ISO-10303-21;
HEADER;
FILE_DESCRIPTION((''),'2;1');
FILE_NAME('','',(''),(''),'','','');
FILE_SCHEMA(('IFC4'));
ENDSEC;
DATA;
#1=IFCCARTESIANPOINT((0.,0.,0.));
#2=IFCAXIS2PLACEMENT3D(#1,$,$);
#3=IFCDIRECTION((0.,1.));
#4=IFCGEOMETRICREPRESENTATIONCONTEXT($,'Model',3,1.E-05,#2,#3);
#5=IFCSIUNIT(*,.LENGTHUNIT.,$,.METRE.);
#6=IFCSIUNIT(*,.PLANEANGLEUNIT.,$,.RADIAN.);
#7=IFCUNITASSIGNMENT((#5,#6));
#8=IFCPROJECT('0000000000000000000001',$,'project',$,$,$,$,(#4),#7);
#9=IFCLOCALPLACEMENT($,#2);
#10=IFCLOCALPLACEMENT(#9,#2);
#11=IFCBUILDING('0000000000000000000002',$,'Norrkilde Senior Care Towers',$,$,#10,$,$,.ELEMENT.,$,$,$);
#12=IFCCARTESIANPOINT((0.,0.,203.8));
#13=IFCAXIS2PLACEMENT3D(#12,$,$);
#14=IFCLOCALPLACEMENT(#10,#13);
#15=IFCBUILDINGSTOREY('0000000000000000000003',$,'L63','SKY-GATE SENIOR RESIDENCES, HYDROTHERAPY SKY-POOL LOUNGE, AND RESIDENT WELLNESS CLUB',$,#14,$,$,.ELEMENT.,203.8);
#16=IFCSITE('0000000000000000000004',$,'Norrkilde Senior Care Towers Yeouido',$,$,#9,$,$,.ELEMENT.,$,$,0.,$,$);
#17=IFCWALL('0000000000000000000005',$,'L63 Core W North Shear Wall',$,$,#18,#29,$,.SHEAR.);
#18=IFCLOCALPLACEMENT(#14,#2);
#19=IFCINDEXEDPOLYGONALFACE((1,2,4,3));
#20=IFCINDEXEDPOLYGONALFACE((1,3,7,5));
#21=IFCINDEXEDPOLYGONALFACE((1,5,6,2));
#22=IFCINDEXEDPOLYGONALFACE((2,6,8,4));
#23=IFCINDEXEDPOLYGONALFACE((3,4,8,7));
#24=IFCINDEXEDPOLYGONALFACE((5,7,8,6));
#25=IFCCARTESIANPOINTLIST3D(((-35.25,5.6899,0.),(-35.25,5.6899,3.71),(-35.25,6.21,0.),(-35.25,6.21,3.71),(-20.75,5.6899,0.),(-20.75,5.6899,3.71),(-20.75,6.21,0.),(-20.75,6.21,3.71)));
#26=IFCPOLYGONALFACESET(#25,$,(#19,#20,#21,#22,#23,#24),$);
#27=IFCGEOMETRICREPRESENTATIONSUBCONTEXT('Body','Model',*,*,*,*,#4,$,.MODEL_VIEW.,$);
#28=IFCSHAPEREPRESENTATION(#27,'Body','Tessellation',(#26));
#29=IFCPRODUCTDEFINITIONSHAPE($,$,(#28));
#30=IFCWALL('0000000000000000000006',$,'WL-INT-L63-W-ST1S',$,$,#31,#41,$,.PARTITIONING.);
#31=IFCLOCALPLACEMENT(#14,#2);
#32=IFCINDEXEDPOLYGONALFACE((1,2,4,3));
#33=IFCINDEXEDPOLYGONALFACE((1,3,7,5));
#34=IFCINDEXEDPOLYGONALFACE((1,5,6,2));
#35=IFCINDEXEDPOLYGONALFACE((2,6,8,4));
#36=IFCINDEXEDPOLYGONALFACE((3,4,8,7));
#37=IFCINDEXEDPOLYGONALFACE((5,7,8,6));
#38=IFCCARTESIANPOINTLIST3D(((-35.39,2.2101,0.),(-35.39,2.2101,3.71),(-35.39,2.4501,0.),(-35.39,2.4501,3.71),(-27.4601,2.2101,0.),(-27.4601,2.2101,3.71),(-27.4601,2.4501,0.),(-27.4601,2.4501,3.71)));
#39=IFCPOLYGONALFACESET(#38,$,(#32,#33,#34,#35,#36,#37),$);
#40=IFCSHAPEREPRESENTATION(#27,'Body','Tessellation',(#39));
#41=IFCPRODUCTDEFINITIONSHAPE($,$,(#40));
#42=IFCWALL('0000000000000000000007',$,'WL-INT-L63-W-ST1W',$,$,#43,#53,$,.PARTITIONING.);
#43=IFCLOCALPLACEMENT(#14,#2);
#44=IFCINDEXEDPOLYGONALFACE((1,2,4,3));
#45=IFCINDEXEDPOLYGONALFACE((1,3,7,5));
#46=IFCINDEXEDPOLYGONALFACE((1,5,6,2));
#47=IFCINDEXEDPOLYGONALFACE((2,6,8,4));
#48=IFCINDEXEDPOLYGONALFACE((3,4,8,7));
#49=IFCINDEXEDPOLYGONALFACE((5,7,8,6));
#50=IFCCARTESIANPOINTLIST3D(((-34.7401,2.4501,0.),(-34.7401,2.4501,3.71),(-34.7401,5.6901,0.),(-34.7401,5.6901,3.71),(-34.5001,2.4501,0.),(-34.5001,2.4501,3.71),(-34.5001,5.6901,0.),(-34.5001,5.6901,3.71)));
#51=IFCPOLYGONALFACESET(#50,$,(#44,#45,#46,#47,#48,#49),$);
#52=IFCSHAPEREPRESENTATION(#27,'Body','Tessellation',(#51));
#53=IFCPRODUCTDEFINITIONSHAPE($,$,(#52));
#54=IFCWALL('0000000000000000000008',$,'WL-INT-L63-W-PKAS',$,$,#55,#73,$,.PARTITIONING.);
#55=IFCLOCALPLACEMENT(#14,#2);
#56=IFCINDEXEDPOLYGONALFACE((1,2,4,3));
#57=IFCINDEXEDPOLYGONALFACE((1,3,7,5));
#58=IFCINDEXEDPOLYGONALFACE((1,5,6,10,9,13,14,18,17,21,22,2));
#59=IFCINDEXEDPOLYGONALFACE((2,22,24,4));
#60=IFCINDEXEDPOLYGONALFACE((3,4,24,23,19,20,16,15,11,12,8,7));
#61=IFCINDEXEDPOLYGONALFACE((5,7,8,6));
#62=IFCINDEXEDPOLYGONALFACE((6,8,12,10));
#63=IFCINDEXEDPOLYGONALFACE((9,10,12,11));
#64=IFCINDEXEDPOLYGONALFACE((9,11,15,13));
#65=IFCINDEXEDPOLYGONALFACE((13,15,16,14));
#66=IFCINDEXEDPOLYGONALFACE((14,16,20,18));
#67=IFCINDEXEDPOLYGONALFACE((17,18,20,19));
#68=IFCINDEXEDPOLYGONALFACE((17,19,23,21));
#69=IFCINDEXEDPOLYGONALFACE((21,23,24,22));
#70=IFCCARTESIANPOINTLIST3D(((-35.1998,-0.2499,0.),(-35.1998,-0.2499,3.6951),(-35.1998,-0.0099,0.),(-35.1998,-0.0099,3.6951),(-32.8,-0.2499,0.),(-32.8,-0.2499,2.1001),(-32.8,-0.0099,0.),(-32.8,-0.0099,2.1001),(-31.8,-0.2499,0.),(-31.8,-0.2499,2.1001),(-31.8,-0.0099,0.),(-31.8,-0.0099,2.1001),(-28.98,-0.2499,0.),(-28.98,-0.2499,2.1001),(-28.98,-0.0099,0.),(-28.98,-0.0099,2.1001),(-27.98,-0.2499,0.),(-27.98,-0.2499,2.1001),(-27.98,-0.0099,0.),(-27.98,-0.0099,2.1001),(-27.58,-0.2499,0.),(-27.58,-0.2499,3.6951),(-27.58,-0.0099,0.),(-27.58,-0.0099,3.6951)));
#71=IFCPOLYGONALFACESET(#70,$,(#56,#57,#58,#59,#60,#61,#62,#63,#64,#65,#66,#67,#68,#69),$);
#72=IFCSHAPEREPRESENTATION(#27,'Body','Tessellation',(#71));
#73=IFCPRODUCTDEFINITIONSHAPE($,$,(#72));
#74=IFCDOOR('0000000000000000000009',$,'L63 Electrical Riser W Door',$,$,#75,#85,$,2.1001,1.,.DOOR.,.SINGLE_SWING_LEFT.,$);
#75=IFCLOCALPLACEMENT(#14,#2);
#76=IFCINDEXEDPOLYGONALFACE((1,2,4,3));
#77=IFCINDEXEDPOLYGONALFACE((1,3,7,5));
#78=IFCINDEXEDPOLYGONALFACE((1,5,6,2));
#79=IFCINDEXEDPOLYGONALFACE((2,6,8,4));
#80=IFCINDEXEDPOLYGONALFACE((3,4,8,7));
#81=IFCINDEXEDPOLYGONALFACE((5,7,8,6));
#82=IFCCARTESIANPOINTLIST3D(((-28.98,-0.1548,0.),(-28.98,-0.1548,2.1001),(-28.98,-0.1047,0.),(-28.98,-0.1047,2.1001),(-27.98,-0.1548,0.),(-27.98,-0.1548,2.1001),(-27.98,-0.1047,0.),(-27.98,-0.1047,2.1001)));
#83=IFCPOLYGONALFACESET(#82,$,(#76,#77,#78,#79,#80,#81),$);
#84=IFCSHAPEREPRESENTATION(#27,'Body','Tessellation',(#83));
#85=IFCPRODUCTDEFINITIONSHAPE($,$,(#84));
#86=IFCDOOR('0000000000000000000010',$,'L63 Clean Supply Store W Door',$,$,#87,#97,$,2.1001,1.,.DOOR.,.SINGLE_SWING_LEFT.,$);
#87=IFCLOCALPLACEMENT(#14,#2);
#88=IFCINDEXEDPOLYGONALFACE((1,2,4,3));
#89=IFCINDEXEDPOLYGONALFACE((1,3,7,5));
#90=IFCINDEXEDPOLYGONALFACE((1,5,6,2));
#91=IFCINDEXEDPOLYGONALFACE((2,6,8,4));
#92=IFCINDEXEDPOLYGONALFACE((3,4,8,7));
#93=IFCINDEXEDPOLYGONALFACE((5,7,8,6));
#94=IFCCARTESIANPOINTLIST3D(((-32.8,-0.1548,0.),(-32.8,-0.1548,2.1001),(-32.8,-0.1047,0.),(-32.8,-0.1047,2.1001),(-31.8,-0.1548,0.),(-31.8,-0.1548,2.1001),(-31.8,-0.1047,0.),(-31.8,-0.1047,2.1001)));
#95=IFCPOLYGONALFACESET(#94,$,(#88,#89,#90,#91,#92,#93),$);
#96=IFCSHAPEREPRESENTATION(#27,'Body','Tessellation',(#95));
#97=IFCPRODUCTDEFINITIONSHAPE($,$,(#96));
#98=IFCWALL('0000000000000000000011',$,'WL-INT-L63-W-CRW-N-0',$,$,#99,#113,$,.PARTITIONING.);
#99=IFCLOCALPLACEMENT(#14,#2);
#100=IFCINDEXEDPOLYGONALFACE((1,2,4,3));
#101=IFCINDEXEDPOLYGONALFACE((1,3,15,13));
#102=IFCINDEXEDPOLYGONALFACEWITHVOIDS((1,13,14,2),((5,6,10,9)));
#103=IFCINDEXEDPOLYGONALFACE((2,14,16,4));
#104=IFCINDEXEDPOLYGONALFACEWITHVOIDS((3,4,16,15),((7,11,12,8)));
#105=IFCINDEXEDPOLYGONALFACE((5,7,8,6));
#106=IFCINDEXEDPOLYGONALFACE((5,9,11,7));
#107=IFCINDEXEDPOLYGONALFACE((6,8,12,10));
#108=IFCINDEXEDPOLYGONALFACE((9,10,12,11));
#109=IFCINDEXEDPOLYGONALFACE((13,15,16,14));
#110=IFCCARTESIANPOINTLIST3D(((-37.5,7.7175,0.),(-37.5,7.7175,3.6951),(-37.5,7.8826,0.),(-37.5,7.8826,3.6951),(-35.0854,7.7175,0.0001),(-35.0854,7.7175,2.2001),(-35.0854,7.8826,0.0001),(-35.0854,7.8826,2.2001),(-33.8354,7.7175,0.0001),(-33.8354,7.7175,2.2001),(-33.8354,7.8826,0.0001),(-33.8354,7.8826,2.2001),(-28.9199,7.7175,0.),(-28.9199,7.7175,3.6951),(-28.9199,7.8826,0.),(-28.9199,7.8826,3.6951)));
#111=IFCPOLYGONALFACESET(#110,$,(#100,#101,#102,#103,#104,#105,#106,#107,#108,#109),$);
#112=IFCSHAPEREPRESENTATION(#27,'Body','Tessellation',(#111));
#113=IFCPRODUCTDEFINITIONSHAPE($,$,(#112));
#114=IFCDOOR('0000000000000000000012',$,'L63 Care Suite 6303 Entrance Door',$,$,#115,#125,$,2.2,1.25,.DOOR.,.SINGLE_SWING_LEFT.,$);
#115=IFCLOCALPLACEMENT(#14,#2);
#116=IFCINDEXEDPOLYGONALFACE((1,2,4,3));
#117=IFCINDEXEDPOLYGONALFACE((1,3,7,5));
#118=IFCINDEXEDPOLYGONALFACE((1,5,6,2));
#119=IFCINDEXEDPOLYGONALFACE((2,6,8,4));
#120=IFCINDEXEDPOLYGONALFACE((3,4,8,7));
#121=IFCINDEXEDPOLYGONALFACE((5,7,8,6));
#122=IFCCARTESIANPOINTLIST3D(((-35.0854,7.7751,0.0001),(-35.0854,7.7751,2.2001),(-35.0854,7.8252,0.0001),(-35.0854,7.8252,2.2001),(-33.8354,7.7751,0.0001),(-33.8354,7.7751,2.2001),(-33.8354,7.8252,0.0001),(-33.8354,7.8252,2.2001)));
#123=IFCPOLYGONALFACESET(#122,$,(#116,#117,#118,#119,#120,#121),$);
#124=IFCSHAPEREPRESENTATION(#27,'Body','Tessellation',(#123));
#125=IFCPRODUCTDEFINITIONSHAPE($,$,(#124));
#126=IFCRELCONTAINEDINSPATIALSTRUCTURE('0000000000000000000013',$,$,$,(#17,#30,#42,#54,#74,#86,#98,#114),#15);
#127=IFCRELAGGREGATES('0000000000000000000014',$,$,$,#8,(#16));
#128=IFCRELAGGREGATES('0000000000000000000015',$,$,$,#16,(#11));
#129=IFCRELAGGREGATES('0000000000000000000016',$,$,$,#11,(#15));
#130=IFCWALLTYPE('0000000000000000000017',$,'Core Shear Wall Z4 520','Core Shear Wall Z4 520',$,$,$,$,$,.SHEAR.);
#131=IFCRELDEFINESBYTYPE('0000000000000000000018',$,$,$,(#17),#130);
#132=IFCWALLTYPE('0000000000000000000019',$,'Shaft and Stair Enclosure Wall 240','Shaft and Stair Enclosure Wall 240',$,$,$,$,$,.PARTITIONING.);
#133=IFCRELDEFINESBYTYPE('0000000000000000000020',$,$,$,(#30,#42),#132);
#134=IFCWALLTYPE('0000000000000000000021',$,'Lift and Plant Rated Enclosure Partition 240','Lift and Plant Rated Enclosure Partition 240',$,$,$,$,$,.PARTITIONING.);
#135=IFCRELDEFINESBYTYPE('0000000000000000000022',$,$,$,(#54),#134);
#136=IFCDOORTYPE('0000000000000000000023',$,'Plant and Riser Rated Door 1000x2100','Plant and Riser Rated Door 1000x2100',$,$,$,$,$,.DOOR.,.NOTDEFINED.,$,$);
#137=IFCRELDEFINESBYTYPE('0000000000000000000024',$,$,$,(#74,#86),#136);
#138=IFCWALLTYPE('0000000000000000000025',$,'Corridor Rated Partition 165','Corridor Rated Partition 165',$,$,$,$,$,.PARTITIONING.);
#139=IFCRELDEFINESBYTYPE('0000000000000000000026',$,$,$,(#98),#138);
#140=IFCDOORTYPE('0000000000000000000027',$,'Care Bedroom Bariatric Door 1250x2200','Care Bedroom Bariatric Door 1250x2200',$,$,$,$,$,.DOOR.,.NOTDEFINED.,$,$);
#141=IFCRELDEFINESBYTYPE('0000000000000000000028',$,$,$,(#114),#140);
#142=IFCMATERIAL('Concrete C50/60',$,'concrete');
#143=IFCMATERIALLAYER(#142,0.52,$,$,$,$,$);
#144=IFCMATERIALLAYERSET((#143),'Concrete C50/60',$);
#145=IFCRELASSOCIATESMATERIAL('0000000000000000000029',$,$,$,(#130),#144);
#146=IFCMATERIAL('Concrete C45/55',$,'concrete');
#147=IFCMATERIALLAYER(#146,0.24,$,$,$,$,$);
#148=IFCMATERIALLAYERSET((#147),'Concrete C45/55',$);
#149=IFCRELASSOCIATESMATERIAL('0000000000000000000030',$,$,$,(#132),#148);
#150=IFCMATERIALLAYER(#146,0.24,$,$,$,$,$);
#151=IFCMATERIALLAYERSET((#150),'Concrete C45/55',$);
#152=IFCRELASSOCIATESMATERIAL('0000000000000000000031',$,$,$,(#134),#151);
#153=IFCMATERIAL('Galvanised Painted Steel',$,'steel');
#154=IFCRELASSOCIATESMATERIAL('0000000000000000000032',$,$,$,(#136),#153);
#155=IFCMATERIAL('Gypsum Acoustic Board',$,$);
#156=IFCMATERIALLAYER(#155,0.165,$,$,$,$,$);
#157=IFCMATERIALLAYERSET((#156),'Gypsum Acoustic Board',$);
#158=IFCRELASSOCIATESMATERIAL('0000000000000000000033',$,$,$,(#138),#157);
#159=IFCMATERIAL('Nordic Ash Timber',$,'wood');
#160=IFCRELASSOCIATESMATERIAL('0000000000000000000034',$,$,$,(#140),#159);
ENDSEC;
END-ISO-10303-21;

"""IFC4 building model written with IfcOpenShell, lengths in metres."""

from ifc_helpers import new_model, si_unit, direction, frame, frame_2d, origin, place, context, subcontext, project, spatial, rectangle, extrude, source, transform, mapped, material, layer, layer_set, type_object, type_shapes, element, fill, save


model = new_model("IFC4")

# Units and contexts
model_context = context("Model", 3, precision=1e-05, world=origin(), true_north=direction((0.0, 1.0)))
body_context = subcontext(model_context, "Body", "Model", "MODEL_VIEW")
ifc_project = project(units=[si_unit("LENGTHUNIT", "METRE"), si_unit("PLANEANGLEUNIT", "RADIAN")], contexts=[model_context])

# Site, building, storey
site_placement = place(None, origin())
site = spatial("IfcSite", under=ifc_project, at=site_placement, Name="Norrkilde Senior Care Towers Yeouido", CompositionType="ELEMENT", RefElevation=0.0)
building_placement = place(site_placement, origin())
building = spatial("IfcBuilding", under=site, at=building_placement, Name="Norrkilde Senior Care Towers", CompositionType="ELEMENT")
storey_placement = place(building_placement, frame((0.0, 0.0, 203.8)))
storey = spatial("IfcBuildingStorey", under=building, at=storey_placement, Name="L63", Description="SKY-GATE SENIOR RESIDENCES, HYDROTHERAPY SKY-POOL LOUNGE, AND RESIDENT WELLNESS CLUB", CompositionType="ELEMENT", Elevation=203.8)

# Walls
ifc_material_1 = material(Name="Concrete C50/60", Category="concrete")
ifc_layer_1 = layer(ifc_material_1, 0.52)
ifc_layer_set_1 = layer_set([ifc_layer_1], Name="Concrete C50/60")
wall_type_1 = type_object("IfcWallType", Name="Core Shear Wall Z4 520", Description="Core Shear Wall Z4 520", PredefinedType="SHEAR", material=ifc_layer_set_1)
shared_shape_1 = source(origin(), body_context, "Body", "SweptSolid", [
    extrude(rectangle(XDim=14.5, YDim=0.52, at=frame_2d((7.25, 0.0))), origin(), (0.0, 0.0, 1.0), 3.71),
])
type_shapes(wall_type_1, [shared_shape_1])
wall_1_placement = place(storey_placement, frame((-35.25, 5.95, 0.0), z_axis=(0.0, 0.0, 1.0), x_axis=(1.0, 0.0, 0.0)))
element("IfcWall", 1, at=wall_1_placement, inside=storey, type_object=wall_type_1, Name="L63 Core W North Shear Wall", PredefinedType="SHEAR", context=body_context, shape_type="MappedRepresentation", body=[
    mapped(shared_shape_1, transform((0.0, 0.0, 0.0), x_axis=(1.0, 0.0, 0.0), y_axis=(0.0, 1.0, 0.0), z_axis=(0.0, 0.0, 1.0), scale=1.0)),
])
ifc_material_2 = material(Name="Concrete C45/55", Category="concrete")
ifc_layer_2 = layer(ifc_material_2, 0.24)
ifc_layer_set_2 = layer_set([ifc_layer_2], Name="Concrete C45/55")
wall_type_2 = type_object("IfcWallType", Name="Shaft and Stair Enclosure Wall 240", Description="Shaft and Stair Enclosure Wall 240", PredefinedType="PARTITIONING", material=ifc_layer_set_2)
shared_shape_2 = source(origin(), body_context, "Body", "SweptSolid", [
    extrude(rectangle(XDim=7.9299, YDim=0.24, at=frame_2d((3.9648, 0.0))), origin(), (0.0, 0.0, 1.0), 3.71),
])
wall_2_placement = place(storey_placement, frame((-35.3899, 2.3301, 0.0), z_axis=(0.0, 0.0, 1.0), x_axis=(1.0, 0.0, 0.0)))
element("IfcWall", 2, at=wall_2_placement, inside=storey, type_object=wall_type_2, Name="WL-INT-L63-W-ST1S", PredefinedType="PARTITIONING", context=body_context, shape_type="MappedRepresentation", body=[
    mapped(shared_shape_2, transform((0.0, 0.0, 0.0), x_axis=(1.0, 0.0, 0.0), y_axis=(0.0, 1.0, 0.0), z_axis=(0.0, 0.0, 1.0), scale=1.0)),
])
shared_shape_3 = source(origin(), body_context, "Body", "SweptSolid", [
    extrude(rectangle(XDim=3.24, YDim=0.24, at=frame_2d((1.6201, 0.0))), origin(), (0.0, 0.0, 1.0), 3.71),
])
type_shapes(wall_type_2, [shared_shape_2, shared_shape_3])
wall_3_placement = place(storey_placement, frame((-34.6201, 2.45, 0.0), z_axis=(0.0, 0.0, 1.0), x_axis=(0.0, 1.0, 0.0)))
element("IfcWall", 3, at=wall_3_placement, inside=storey, type_object=wall_type_2, Name="WL-INT-L63-W-ST1W", PredefinedType="PARTITIONING", context=body_context, shape_type="MappedRepresentation", body=[
    mapped(shared_shape_3, transform((0.0, 0.0, 0.0), x_axis=(1.0, 0.0, 0.0), y_axis=(0.0, 1.0, 0.0), z_axis=(0.0, 0.0, 1.0), scale=1.0)),
])

# Wall, openings, doors
ifc_layer_3 = layer(ifc_material_2, 0.24)
ifc_layer_set_3 = layer_set([ifc_layer_3], Name="Concrete C45/55")
wall_type_3 = type_object("IfcWallType", Name="Lift and Plant Rated Enclosure Partition 240", Description="Lift and Plant Rated Enclosure Partition 240", PredefinedType="PARTITIONING", material=ifc_layer_set_3)
shared_shape_4 = source(origin(), body_context, "Body", "SweptSolid", [
    extrude(rectangle(XDim=7.6199, YDim=0.24, at=frame_2d((3.8101, 0.0))), origin(), (0.0, 0.0, 1.0), 3.6951),
])
type_shapes(wall_type_3, [shared_shape_4])
wall_4_placement = place(storey_placement, frame((-35.2, -0.1299, 0.0), z_axis=(0.0, 0.0, 1.0), x_axis=(1.0, 0.0, 0.0)))
wall_4 = element("IfcWall", 4, at=wall_4_placement, inside=storey, type_object=wall_type_3, Name="WL-INT-L63-W-PKAS", PredefinedType="PARTITIONING", context=body_context, shape_type="MappedRepresentation", body=[
    mapped(shared_shape_4, transform((0.0, 0.0, 0.0), x_axis=(1.0, 0.0, 0.0), y_axis=(0.0, 1.0, 0.0), z_axis=(0.0, 0.0, 1.0), scale=1.0)),
])
opening_1_placement = place(wall_4_placement, frame((6.22, 0.0, 0.0)))
opening_1 = element("IfcOpeningElement", 5, at=opening_1_placement, cuts=wall_4, PredefinedType="OPENING", context=body_context, shape_type="SweptSolid", body=[
    extrude(rectangle(XDim=1.0, YDim=2.1001, at=frame_2d((0.5, 1.05))), frame((0.0, 0.1299, 0.0), z_axis=(0.0, -1.0, 0.0), x_axis=(1.0, 0.0, 0.0)), (0.0, 0.0, 1.0), 0.26),
])
opening_2_placement = place(wall_4_placement, frame((2.3999, 0.0, 0.0)))
opening_2 = element("IfcOpeningElement", 6, at=opening_2_placement, cuts=wall_4, PredefinedType="OPENING", context=body_context, shape_type="SweptSolid", body=[
    extrude(rectangle(XDim=1.0, YDim=2.1001, at=frame_2d((0.5, 1.05))), frame((0.0, 0.1299, 0.0), z_axis=(0.0, -1.0, 0.0), x_axis=(1.0, 0.0, 0.0)), (0.0, 0.0, 1.0), 0.26),
])
ifc_material_3 = material(Name="Galvanised Painted Steel", Category="steel")
door_type_1 = type_object("IfcDoorType", Name="Plant and Riser Rated Door 1000x2100", Description="Plant and Riser Rated Door 1000x2100", OperationType="NOTDEFINED", PredefinedType="DOOR", material=ifc_material_3)
shared_shape_5 = source(origin(), body_context, "Body", "SweptSolid", [
    extrude(rectangle(XDim=1.0, YDim=2.1001, at=frame_2d((0.5, 1.05))), frame((0.0, 0.0249, 0.0), z_axis=(0.0, -1.0, 0.0), x_axis=(1.0, 0.0, 0.0)), (0.0, 0.0, 1.0), 0.05),
])
type_shapes(door_type_1, [shared_shape_5])
door_1_placement = place(opening_1_placement, frame((1.0, 0.0, 0.0), z_axis=(0.0, 0.0, 1.0), x_axis=(-1.0, 0.0, 0.0)))
door_1 = element("IfcDoor", 7, at=door_1_placement, inside=storey, type_object=door_type_1, Name="L63 Electrical Riser W Door", OperationType="SINGLE_SWING_LEFT", OverallHeight=2.1001, OverallWidth=1.0, PredefinedType="DOOR", context=body_context, shape_type="MappedRepresentation", body=[
    mapped(shared_shape_5, transform((0.0, 0.0, 0.0), x_axis=(1.0, 0.0, 0.0), y_axis=(0.0, 1.0, 0.0), z_axis=(0.0, 0.0, 1.0), scale=1.0)),
])
fill(opening_1, door_1)
door_2_placement = place(opening_2_placement, frame((1.0, 0.0, 0.0), z_axis=(0.0, 0.0, 1.0), x_axis=(-1.0, 0.0, 0.0)))
door_2 = element("IfcDoor", 8, at=door_2_placement, inside=storey, type_object=door_type_1, Name="L63 Clean Supply Store W Door", OperationType="SINGLE_SWING_LEFT", OverallHeight=2.1001, OverallWidth=1.0, PredefinedType="DOOR", context=body_context, shape_type="MappedRepresentation", body=[
    mapped(shared_shape_5, transform((0.0, 0.0, 0.0), x_axis=(1.0, 0.0, 0.0), y_axis=(0.0, 1.0, 0.0), z_axis=(0.0, 0.0, 1.0), scale=1.0)),
])
fill(opening_2, door_2)

# Wall, opening, door
ifc_material_4 = material(Name="Gypsum Acoustic Board")
ifc_layer_4 = layer(ifc_material_4, 0.165)
ifc_layer_set_4 = layer_set([ifc_layer_4], Name="Gypsum Acoustic Board")
wall_type_4 = type_object("IfcWallType", Name="Corridor Rated Partition 165", Description="Corridor Rated Partition 165", PredefinedType="PARTITIONING", material=ifc_layer_set_4)
shared_shape_6 = source(origin(), body_context, "Body", "SweptSolid", [
    extrude(rectangle(XDim=8.5801, YDim=0.165, at=frame_2d((4.29, 0.0))), origin(), (0.0, 0.0, 1.0), 3.6951),
])
wall_5_placement = place(storey_placement, frame((-37.5, 7.8, 0.0), z_axis=(0.0, 0.0, 1.0), x_axis=(1.0, 0.0, 0.0)))
wall_5 = element("IfcWall", 9, at=wall_5_placement, inside=storey, type_object=wall_type_4, Name="WL-INT-L63-W-CRW-N-0", PredefinedType="PARTITIONING", context=body_context, shape_type="MappedRepresentation", body=[
    mapped(shared_shape_6, transform((0.0, 0.0, 0.0), x_axis=(1.0, 0.0, 0.0), y_axis=(0.0, 1.0, 0.0), z_axis=(0.0, 0.0, 1.0), scale=1.0)),
])
opening_3_placement = place(wall_5_placement, frame((2.4146, 0.0, 0.0)))
opening_3 = element("IfcOpeningElement", 10, at=opening_3_placement, cuts=wall_5, PredefinedType="OPENING", context=body_context, shape_type="SweptSolid", body=[
    extrude(rectangle(XDim=1.25, YDim=2.2, at=frame_2d((0.625, 1.1001))), frame((0.0, 0.0925, 0.0), z_axis=(0.0, -1.0, 0.0), x_axis=(1.0, 0.0, 0.0)), (0.0, 0.0, 1.0), 0.1851),
])
ifc_material_5 = material(Name="Nordic Ash Timber", Category="wood")
door_type_2 = type_object("IfcDoorType", Name="Care Bedroom Bariatric Door 1250x2200", Description="Care Bedroom Bariatric Door 1250x2200", OperationType="NOTDEFINED", PredefinedType="DOOR", material=ifc_material_5)
shared_shape_7 = source(origin(), body_context, "Body", "SweptSolid", [
    extrude(rectangle(XDim=1.25, YDim=2.2, at=frame_2d((0.625, 1.1001))), frame((0.0, 0.0249, 0.0), z_axis=(0.0, -1.0, 0.0), x_axis=(1.0, 0.0, 0.0)), (0.0, 0.0, 1.0), 0.05),
])
type_shapes(door_type_2, [shared_shape_7])
door_3_placement = place(opening_3_placement, frame((1.25, 0.0, 0.0), z_axis=(0.0, 0.0, 1.0), x_axis=(-1.0, 0.0, 0.0)))
door_3 = element("IfcDoor", 11, at=door_3_placement, inside=storey, type_object=door_type_2, Name="L63 Care Suite 6303 Entrance Door", OperationType="SINGLE_SWING_LEFT", OverallHeight=2.2, OverallWidth=1.25, PredefinedType="DOOR", context=body_context, shape_type="MappedRepresentation", body=[
    mapped(shared_shape_7, transform((0.0, 0.0, 0.0), x_axis=(1.0, 0.0, 0.0), y_axis=(0.0, 1.0, 0.0), z_axis=(0.0, 0.0, 1.0), scale=1.0)),
])
fill(opening_3, door_3)

save(model, "model.ifc")
